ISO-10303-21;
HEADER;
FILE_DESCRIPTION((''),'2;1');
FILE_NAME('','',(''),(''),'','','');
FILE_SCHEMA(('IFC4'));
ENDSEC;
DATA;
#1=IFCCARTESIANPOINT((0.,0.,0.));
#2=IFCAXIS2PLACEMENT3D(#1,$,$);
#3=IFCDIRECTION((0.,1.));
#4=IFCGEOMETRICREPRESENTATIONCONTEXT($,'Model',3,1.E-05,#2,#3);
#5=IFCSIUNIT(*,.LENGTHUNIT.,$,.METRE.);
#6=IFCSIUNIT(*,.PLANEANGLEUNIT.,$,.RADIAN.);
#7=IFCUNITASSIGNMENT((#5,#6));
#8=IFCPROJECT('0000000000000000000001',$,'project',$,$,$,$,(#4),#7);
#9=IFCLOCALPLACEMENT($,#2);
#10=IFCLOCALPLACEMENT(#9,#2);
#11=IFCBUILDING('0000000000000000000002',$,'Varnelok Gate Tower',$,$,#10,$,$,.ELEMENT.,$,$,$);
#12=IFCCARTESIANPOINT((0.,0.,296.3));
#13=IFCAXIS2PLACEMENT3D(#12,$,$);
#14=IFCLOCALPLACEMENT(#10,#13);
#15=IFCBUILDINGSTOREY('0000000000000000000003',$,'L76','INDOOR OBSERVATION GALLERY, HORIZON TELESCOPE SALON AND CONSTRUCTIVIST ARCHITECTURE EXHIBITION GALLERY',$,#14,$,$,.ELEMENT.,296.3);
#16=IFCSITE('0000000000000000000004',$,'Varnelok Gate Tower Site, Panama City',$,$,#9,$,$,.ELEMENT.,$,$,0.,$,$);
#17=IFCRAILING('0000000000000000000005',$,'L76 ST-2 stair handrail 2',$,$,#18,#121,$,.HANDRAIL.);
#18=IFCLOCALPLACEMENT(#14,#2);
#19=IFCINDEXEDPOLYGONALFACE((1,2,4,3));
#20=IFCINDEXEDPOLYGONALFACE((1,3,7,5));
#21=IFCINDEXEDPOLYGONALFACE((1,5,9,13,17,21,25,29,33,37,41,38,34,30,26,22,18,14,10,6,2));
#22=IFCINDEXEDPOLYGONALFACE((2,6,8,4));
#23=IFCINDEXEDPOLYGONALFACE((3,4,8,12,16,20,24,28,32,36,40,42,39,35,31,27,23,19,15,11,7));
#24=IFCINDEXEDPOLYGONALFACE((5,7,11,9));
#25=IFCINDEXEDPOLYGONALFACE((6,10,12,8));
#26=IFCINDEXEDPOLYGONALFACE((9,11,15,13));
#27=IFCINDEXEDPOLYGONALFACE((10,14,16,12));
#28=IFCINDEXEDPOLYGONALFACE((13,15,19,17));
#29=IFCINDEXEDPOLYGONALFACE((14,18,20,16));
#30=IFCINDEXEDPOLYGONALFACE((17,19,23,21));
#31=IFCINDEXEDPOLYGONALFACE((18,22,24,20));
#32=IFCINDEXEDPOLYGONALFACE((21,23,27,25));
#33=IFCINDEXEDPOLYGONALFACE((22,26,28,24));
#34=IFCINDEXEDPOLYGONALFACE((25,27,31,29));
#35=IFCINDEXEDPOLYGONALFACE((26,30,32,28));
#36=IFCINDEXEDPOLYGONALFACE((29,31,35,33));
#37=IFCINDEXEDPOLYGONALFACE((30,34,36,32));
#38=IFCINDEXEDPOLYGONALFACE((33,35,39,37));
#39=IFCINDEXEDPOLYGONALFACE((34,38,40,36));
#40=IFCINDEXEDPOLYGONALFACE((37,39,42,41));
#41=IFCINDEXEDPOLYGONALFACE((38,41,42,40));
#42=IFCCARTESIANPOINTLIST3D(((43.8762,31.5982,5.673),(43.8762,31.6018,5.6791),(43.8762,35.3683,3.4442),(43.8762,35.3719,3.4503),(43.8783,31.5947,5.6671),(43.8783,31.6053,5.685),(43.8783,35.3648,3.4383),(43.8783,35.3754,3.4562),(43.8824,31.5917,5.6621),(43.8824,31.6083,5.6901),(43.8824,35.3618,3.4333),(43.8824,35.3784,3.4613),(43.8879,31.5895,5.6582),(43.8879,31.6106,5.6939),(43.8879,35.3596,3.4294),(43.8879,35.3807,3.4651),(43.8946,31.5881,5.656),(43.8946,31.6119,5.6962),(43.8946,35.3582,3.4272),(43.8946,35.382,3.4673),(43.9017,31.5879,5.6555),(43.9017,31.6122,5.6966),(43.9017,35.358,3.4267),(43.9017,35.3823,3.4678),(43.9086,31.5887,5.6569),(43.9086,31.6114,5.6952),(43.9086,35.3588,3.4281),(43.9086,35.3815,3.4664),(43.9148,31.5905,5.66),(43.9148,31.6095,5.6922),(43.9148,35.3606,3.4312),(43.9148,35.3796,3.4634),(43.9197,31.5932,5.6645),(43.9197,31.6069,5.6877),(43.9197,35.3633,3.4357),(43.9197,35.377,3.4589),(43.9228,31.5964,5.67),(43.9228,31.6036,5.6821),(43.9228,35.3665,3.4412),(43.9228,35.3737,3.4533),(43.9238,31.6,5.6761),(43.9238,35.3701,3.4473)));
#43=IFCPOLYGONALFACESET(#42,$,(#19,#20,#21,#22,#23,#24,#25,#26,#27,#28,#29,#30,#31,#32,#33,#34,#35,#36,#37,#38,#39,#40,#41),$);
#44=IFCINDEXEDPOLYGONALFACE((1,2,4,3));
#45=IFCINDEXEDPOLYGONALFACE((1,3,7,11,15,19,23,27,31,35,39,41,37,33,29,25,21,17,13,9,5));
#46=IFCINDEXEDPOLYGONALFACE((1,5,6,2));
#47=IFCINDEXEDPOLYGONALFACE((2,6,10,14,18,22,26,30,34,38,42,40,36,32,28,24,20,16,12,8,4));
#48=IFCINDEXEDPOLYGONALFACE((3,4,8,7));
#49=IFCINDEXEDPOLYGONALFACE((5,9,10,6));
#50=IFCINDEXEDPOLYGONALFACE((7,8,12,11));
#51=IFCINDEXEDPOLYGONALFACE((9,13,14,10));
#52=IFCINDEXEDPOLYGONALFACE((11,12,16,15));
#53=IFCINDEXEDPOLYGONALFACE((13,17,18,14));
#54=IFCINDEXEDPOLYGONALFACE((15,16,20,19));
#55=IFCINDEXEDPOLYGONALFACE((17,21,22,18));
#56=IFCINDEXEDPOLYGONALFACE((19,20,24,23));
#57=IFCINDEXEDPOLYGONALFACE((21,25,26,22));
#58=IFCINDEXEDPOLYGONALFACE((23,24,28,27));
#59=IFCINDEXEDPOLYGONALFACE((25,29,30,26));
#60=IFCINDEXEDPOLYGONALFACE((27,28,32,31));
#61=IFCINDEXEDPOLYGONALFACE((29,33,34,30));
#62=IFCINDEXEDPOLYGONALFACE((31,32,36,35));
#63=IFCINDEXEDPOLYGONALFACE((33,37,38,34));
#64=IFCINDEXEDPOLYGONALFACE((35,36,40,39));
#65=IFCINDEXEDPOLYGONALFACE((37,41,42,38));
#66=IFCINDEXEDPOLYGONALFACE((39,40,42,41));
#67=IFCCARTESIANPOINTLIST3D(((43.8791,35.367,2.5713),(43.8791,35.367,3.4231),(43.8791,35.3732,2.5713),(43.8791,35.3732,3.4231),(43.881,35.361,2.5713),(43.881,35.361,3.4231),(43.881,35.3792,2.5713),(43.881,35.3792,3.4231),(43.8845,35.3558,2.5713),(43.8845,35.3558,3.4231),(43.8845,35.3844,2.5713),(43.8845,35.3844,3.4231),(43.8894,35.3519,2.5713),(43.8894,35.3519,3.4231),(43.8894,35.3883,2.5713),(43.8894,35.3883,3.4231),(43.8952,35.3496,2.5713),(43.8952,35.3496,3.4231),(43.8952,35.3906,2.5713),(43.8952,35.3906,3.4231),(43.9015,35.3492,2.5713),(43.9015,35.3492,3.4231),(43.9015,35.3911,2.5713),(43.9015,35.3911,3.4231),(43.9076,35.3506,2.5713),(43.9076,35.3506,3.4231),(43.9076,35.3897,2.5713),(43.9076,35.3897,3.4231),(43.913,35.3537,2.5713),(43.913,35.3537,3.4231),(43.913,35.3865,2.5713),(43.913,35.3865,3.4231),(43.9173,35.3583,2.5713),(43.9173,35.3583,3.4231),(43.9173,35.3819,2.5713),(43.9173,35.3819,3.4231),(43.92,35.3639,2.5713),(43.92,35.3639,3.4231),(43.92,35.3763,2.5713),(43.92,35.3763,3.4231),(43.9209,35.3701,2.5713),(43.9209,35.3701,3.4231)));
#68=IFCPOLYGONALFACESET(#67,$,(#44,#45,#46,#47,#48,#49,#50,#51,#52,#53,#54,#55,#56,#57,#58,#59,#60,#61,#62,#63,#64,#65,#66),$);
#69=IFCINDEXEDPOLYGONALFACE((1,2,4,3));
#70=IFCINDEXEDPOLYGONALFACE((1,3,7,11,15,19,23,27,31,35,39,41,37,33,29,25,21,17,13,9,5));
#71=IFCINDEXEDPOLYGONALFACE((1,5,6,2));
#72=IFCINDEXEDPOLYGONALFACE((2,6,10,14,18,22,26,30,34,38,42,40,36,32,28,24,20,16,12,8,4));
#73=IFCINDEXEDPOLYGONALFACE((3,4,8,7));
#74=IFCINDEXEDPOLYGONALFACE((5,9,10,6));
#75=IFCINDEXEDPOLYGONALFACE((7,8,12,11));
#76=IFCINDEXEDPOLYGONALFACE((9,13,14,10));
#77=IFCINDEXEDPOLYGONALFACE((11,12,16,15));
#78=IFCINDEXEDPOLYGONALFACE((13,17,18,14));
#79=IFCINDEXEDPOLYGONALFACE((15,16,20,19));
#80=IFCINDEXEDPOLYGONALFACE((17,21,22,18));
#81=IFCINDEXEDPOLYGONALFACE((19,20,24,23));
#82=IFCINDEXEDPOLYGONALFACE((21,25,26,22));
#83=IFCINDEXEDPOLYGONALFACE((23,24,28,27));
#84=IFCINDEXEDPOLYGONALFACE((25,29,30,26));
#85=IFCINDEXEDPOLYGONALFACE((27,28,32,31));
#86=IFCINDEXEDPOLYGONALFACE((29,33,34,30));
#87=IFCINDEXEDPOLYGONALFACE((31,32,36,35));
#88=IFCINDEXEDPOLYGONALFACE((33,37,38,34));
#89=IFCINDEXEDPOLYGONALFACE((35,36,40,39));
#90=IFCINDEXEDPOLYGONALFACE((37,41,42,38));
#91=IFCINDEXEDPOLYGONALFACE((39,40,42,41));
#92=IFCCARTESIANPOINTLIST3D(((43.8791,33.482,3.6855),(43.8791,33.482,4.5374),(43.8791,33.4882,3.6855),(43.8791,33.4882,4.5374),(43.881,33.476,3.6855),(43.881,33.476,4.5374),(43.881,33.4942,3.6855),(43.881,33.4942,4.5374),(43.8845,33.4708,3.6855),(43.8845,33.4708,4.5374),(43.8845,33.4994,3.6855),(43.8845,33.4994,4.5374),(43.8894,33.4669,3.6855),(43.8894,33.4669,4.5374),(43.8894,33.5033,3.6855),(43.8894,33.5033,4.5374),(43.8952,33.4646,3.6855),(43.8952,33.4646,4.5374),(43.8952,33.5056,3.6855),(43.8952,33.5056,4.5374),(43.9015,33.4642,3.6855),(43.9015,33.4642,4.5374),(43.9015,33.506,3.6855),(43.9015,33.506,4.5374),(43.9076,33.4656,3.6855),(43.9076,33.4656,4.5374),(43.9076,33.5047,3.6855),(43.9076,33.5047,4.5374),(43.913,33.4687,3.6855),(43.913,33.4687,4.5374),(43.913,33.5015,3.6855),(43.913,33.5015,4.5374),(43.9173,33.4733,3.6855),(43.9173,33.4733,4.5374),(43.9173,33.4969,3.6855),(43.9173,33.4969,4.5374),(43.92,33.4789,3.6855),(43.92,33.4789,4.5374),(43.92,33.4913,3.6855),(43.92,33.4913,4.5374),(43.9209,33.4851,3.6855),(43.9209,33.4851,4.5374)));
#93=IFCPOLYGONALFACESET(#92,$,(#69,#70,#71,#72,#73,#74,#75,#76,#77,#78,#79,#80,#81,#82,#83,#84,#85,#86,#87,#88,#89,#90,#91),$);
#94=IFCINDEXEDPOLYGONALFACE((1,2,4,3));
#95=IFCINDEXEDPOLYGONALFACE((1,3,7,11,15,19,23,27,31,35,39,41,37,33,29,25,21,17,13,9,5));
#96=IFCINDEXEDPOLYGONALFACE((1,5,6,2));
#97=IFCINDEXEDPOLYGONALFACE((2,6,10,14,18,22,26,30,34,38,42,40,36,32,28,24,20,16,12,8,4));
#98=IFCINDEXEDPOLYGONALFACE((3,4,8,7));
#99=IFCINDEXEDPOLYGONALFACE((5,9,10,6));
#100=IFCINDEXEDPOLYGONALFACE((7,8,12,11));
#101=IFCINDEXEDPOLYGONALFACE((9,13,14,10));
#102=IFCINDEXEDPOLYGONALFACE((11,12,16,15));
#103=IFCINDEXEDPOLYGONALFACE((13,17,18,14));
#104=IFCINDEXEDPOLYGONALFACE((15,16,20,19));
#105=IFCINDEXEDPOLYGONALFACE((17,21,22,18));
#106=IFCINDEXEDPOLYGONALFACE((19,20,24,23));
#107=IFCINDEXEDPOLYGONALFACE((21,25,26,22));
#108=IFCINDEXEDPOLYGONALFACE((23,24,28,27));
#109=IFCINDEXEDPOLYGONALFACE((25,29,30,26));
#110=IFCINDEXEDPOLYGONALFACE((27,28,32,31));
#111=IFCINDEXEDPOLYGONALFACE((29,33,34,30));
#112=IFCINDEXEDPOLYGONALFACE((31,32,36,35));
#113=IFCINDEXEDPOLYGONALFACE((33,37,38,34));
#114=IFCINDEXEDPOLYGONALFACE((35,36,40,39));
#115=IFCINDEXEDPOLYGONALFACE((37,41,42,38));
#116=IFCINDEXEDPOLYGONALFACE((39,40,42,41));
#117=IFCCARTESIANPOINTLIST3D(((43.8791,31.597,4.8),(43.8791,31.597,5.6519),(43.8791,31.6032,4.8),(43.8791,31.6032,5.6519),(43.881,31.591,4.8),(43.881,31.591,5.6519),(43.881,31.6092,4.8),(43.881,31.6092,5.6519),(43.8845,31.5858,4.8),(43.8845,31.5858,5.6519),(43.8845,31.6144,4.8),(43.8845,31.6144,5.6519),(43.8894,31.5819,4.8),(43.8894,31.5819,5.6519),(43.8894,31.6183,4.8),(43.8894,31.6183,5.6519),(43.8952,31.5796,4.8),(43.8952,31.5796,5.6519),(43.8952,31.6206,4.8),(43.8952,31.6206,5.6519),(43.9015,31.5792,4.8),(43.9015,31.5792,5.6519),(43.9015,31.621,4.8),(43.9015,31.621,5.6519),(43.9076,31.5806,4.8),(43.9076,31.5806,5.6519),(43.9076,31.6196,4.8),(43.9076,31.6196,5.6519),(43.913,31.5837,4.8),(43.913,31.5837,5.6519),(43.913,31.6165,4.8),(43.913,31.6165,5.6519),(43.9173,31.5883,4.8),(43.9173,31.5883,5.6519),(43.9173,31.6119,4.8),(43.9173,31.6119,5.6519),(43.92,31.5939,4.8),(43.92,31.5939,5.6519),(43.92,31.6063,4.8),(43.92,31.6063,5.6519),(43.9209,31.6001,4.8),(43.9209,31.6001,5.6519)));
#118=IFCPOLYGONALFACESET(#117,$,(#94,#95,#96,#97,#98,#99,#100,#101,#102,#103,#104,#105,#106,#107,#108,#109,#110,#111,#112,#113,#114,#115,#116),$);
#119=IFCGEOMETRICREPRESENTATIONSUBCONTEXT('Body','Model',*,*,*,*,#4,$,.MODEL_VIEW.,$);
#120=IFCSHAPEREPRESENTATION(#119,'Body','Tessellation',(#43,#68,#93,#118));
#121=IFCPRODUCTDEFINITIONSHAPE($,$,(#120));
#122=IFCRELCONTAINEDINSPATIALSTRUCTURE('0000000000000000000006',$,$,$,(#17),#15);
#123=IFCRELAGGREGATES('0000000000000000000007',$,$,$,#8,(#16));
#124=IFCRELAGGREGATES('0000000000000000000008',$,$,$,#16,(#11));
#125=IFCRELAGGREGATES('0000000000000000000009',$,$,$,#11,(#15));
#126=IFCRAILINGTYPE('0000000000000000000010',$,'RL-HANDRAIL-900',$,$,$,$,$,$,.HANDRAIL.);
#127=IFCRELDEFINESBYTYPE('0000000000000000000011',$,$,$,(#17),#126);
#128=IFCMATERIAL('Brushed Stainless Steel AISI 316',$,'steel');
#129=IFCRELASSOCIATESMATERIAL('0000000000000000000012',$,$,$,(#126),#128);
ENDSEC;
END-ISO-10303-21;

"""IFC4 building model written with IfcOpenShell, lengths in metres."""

from ifc_helpers import new_model, si_unit, direction, frame, origin, origin_2d, place, context, subcontext, project, spatial, circle, extrude, material, type_object, element, save


model = new_model("IFC4")

# Units and contexts
model_context = context("Model", 3, precision=1e-05, world=origin(), true_north=direction((0.0, 1.0)))
body_context = subcontext(model_context, "Body", "Model", "MODEL_VIEW")
ifc_project = project(units=[si_unit("LENGTHUNIT", "METRE"), si_unit("PLANEANGLEUNIT", "RADIAN")], contexts=[model_context])

# Site, building, storey
site_placement = place(None, origin())
site = spatial("IfcSite", under=ifc_project, at=site_placement, Name="Varnelok Gate Tower Site, Panama City", CompositionType="ELEMENT", RefElevation=0.0)
building_placement = place(site_placement, origin())
building = spatial("IfcBuilding", under=site, at=building_placement, Name="Varnelok Gate Tower", CompositionType="ELEMENT")
storey_placement = place(building_placement, frame((0.0, 0.0, 296.3)))
storey = spatial("IfcBuildingStorey", under=building, at=storey_placement, Name="L76", Description="INDOOR OBSERVATION GALLERY, HORIZON TELESCOPE SALON AND CONSTRUCTIVIST ARCHITECTURE EXHIBITION GALLERY", CompositionType="ELEMENT", Elevation=296.3)

# Railing
ifc_material_1 = material(Name="Brushed Stainless Steel AISI 316", Category="steel")
railing_type_1 = type_object("IfcRailingType", Name="RL-HANDRAIL-900", PredefinedType="HANDRAIL", material=ifc_material_1)
railing_1_placement = place(storey_placement, frame((43.8999, 35.3701, 2.5713)))
element("IfcRailing", 1, at=railing_1_placement, inside=storey, type_object=railing_type_1, Name="L76 ST-2 stair handrail 2", PredefinedType="HANDRAIL", context=body_context, shape_type="SweptSolid", body=[
    extrude(circle(Radius=0.0239, at=origin_2d()), frame((0.0, 0.0, 0.876), z_axis=(0.0, -0.860824, 0.508902), x_axis=(1.0, 0.0, 0.0)), (0.0, 0.0, 1.0), 4.3796),
    extrude(circle(Radius=0.021, at=origin_2d()), origin(), (0.0, 0.0, 1.0), 0.8518),
    extrude(circle(Radius=0.021, at=origin_2d()), frame((0.0, -1.885, 1.1143)), (0.0, 0.0, 1.0), 0.8518),
    extrude(circle(Radius=0.021, at=origin_2d()), frame((0.0, -3.77, 2.2288)), (0.0, 0.0, 1.0), 0.8518),
])

save(model, "model.ifc")
